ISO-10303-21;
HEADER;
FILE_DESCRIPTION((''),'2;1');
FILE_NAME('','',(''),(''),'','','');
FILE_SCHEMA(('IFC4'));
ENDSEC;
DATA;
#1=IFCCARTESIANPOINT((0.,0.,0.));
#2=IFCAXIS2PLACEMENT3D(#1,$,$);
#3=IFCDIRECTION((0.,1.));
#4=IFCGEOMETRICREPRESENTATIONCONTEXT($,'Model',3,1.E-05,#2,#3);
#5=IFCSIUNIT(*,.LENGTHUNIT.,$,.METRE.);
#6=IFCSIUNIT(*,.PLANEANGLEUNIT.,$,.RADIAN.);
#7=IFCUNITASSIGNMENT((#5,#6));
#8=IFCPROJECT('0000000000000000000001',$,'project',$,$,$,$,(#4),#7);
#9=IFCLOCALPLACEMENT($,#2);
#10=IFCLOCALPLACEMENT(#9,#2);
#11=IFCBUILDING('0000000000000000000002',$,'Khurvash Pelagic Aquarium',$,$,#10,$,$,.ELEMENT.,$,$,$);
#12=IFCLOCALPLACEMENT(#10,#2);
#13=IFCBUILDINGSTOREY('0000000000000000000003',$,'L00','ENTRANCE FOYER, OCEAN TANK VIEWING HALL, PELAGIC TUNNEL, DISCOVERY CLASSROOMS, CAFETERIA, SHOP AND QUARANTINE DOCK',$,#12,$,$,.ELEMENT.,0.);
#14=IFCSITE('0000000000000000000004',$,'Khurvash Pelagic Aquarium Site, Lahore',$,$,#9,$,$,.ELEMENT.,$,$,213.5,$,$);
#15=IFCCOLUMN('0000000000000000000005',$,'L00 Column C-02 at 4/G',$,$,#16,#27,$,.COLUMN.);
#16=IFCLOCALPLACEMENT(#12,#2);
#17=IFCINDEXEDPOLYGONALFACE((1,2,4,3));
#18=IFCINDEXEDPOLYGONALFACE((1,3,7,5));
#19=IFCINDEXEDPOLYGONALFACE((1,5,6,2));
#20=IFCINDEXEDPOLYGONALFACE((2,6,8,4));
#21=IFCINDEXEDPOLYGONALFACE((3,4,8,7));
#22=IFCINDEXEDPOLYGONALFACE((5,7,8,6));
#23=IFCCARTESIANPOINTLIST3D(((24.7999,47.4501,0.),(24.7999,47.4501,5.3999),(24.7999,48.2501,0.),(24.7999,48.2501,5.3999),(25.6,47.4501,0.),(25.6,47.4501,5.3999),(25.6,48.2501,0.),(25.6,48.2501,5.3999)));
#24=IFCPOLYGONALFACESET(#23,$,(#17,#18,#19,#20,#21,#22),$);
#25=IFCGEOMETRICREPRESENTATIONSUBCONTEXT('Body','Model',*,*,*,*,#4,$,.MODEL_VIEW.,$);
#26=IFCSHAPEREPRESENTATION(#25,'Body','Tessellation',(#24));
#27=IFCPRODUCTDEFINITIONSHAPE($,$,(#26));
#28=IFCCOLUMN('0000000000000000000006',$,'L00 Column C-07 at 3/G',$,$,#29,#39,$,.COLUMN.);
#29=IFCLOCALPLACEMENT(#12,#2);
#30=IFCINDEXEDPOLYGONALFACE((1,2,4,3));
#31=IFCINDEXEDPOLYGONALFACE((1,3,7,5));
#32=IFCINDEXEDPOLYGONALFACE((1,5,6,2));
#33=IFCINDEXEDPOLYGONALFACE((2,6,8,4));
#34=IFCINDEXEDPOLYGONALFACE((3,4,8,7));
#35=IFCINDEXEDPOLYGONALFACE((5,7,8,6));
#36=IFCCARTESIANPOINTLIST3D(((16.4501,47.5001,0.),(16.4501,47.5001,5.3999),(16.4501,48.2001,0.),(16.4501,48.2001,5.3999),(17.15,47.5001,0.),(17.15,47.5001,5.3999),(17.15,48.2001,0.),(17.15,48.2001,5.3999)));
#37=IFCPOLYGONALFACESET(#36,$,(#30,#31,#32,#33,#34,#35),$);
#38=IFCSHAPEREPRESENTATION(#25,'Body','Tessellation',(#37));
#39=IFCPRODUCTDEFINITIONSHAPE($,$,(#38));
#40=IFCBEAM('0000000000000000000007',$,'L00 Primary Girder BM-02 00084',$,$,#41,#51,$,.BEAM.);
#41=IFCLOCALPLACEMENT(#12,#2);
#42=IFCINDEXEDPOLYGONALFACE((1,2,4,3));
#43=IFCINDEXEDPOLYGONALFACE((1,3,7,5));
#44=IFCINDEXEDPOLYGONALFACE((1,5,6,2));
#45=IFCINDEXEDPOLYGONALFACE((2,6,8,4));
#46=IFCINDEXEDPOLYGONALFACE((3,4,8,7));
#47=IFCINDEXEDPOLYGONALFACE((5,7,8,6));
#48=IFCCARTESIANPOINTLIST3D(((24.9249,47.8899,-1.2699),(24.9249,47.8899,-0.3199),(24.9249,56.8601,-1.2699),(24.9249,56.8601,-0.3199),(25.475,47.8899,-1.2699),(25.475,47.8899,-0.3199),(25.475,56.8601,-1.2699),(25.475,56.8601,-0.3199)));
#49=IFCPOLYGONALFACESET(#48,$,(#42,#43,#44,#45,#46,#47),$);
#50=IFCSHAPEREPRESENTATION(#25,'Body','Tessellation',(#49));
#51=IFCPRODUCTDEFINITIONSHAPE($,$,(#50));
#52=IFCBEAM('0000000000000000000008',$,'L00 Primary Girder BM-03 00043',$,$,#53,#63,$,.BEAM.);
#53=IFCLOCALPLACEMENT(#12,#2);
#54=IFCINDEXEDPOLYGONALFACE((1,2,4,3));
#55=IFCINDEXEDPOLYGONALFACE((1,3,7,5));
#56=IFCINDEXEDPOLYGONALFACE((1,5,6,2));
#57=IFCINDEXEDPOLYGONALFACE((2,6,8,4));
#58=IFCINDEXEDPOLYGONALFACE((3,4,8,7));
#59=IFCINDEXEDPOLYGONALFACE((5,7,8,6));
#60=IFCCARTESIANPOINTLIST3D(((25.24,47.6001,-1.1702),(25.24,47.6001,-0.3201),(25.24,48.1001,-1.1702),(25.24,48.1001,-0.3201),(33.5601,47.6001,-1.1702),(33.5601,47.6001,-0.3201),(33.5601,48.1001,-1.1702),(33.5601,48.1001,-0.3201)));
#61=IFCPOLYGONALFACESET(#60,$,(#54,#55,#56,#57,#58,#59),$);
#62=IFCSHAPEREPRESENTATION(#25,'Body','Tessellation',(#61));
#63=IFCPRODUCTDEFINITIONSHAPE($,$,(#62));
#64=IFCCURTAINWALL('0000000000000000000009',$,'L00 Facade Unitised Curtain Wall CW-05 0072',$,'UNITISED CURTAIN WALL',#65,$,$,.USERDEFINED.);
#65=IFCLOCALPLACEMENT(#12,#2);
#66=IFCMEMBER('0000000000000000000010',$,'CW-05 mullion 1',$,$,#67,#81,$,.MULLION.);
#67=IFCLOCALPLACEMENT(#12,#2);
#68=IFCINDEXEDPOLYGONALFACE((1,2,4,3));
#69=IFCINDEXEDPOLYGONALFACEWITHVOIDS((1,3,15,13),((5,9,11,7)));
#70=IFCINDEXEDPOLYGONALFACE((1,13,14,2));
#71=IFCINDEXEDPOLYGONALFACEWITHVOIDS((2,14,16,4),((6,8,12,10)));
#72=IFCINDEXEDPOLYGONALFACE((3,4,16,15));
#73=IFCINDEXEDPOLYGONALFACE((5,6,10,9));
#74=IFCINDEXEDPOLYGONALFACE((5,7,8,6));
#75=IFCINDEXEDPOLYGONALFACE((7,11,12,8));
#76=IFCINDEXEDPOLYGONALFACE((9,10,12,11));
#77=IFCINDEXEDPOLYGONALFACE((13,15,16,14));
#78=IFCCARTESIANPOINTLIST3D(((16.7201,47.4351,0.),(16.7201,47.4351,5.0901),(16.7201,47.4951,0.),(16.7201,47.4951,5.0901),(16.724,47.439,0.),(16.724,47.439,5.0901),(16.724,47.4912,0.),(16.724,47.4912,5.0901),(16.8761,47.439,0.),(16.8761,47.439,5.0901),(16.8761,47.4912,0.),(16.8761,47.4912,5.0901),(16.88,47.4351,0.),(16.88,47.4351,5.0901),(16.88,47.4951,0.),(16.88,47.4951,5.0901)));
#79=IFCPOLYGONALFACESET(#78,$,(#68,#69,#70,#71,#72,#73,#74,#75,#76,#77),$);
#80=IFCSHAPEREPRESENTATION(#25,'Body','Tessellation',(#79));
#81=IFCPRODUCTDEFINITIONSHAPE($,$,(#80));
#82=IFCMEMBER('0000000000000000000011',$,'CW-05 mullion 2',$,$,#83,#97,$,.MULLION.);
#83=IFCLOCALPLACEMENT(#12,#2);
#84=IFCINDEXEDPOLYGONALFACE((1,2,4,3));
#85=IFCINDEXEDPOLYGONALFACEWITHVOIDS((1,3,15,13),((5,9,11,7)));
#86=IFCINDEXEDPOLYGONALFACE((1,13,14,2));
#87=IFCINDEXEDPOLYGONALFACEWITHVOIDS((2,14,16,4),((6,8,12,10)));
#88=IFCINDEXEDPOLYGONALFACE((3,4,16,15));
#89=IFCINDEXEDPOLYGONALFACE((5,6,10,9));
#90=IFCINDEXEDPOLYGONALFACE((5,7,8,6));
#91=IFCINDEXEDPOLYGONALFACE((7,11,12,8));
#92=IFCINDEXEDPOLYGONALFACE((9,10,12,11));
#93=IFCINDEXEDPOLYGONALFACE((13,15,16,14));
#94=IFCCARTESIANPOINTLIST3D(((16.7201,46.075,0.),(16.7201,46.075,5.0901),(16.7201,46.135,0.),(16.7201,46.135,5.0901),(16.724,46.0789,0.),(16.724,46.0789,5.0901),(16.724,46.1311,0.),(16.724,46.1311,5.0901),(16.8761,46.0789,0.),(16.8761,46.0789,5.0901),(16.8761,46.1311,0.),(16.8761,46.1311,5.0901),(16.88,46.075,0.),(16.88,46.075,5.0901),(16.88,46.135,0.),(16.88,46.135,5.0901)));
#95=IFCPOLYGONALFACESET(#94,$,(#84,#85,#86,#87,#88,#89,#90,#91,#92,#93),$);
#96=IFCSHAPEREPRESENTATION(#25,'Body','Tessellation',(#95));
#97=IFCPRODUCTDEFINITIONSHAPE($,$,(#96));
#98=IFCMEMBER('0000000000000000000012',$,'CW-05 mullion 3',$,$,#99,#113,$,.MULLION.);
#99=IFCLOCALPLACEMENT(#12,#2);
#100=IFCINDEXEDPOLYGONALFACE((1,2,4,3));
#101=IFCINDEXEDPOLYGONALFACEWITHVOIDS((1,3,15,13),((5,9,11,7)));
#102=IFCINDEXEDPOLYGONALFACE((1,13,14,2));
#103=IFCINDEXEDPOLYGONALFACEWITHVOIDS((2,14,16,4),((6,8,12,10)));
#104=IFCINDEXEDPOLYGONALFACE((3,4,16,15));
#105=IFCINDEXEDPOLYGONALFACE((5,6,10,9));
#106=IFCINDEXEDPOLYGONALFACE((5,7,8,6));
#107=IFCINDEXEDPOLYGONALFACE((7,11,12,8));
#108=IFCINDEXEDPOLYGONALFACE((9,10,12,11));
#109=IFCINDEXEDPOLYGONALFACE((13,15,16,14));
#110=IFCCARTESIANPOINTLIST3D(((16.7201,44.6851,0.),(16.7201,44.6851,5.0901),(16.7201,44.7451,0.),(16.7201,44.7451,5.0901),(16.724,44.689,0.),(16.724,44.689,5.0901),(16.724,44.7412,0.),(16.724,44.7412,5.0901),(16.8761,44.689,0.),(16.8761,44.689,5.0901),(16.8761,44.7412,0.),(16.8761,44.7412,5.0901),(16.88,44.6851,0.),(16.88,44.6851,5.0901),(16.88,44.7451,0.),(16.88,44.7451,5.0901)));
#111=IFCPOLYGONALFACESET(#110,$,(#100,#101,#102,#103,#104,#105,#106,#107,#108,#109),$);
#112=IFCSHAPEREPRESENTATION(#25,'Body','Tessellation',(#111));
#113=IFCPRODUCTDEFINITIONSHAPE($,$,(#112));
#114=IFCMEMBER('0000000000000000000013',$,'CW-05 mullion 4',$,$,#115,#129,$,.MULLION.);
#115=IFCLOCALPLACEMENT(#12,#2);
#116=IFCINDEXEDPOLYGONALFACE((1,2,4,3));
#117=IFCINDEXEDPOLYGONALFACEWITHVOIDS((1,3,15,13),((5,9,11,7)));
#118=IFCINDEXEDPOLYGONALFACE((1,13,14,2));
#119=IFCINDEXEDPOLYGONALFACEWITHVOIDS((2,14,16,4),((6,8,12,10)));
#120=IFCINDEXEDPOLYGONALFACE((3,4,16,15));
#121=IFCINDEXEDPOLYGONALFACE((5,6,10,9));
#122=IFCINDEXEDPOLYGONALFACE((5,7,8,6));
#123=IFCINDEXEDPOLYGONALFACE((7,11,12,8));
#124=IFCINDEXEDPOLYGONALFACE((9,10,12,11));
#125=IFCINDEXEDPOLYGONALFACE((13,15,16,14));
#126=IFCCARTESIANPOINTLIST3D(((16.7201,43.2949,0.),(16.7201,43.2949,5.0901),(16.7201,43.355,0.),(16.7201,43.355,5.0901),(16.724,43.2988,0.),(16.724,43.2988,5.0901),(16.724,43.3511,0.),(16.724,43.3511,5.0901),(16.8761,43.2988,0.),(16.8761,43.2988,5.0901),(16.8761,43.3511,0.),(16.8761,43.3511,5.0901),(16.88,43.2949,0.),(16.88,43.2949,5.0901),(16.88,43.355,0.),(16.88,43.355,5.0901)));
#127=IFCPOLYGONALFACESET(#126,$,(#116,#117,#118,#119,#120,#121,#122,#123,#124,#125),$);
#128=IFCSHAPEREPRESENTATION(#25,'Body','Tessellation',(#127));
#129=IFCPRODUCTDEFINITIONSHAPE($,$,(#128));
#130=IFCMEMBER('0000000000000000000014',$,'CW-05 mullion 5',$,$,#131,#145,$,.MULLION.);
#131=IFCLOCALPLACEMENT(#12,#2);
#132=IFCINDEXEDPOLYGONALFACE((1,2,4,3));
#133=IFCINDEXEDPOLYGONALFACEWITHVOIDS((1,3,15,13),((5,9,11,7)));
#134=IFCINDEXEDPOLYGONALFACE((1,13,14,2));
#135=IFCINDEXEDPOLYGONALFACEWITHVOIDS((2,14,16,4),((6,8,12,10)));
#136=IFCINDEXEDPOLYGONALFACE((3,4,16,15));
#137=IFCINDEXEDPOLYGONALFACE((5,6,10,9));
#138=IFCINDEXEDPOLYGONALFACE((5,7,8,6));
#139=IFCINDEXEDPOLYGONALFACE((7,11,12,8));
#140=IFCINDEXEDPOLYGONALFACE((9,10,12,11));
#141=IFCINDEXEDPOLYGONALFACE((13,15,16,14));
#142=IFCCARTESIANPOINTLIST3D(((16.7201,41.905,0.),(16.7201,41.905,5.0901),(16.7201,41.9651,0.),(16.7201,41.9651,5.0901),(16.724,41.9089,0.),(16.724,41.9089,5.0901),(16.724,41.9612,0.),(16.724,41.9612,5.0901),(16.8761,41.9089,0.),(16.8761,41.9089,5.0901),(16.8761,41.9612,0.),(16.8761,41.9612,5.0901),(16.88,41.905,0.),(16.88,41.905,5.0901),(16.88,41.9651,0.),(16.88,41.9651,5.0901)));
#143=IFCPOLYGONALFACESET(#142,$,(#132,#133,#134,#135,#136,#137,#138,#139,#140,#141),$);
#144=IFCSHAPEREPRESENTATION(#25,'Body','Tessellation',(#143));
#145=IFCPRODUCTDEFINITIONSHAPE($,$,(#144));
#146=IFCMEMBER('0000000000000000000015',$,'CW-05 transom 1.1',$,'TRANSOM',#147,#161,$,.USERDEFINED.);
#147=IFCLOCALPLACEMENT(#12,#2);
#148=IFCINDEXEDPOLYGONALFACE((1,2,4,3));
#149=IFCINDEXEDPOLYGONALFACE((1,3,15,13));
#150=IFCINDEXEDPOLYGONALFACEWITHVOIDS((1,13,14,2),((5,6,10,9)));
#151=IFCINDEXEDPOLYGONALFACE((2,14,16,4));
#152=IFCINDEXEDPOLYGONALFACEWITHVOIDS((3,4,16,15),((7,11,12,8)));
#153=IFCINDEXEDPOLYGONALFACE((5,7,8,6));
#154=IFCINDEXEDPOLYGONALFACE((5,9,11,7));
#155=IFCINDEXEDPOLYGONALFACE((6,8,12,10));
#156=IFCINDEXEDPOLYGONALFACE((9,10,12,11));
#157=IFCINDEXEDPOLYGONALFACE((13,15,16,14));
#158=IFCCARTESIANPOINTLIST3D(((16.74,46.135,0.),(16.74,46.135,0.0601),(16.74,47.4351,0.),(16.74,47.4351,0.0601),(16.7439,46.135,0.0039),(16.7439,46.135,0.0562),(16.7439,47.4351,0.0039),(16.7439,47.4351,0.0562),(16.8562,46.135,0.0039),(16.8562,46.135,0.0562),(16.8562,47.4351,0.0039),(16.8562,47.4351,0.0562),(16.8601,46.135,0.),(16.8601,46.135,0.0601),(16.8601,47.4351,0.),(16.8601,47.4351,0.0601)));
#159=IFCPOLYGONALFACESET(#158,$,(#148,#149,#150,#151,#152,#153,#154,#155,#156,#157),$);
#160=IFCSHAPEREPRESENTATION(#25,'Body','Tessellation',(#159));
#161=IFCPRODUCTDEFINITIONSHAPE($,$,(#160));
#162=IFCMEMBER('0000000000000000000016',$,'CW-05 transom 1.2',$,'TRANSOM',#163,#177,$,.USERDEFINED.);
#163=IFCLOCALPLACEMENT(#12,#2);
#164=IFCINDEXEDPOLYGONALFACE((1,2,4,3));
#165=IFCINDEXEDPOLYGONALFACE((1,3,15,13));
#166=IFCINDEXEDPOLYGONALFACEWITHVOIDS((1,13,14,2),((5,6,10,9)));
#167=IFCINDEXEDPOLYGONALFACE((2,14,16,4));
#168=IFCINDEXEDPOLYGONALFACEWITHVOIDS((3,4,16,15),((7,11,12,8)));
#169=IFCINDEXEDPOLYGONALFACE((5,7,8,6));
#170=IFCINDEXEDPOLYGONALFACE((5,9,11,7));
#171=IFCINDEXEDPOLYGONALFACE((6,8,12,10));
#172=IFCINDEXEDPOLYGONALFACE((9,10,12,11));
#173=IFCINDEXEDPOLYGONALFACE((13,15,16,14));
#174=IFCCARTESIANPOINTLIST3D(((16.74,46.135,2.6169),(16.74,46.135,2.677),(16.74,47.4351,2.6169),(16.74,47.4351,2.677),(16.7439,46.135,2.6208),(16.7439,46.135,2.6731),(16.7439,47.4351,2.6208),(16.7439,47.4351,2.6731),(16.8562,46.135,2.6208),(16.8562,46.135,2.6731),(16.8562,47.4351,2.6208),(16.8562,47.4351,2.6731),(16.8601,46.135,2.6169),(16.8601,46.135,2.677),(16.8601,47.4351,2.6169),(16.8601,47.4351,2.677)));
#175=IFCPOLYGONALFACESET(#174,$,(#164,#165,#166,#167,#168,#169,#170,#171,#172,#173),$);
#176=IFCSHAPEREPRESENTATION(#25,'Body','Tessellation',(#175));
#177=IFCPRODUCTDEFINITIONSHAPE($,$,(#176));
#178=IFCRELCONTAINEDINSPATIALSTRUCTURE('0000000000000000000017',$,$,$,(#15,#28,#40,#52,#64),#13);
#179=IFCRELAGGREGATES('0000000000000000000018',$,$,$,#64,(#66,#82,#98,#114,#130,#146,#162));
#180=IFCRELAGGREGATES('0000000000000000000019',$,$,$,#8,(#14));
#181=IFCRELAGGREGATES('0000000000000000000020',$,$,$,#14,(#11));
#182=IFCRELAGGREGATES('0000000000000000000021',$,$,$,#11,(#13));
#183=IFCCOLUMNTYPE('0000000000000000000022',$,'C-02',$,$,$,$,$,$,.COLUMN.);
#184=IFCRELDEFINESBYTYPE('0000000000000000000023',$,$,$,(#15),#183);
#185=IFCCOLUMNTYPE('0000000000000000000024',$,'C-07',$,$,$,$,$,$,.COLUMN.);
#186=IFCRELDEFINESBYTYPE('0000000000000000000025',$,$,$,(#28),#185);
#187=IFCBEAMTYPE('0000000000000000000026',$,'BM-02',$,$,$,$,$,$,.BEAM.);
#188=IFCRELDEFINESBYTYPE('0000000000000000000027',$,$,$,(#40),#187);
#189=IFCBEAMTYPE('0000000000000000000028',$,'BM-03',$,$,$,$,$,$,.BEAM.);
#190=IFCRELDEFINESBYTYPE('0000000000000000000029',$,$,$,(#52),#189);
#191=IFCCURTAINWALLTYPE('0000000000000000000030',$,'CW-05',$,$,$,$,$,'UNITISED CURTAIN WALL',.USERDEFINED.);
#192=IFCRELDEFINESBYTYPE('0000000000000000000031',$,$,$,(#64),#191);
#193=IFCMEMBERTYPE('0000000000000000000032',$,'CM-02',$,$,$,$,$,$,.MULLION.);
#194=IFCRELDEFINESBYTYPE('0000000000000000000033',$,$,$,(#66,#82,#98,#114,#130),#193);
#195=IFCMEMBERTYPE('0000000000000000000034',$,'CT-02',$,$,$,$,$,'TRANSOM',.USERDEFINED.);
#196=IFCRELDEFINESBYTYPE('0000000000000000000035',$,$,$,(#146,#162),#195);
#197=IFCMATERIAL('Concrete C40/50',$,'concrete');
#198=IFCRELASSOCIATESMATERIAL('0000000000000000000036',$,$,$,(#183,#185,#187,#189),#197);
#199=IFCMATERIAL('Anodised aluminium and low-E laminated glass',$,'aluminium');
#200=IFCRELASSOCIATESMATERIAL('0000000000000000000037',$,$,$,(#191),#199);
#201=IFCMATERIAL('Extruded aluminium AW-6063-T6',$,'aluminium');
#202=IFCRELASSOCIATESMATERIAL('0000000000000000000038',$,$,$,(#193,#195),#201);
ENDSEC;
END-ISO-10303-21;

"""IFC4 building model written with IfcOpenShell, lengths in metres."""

from ifc_helpers import new_model, si_unit, direction, frame, origin, origin_2d, place, context, subcontext, project, spatial, rectangle, hollow_rectangle, extrude, material, material_profile, profile_set, type_object, element, aggregate, save


model = new_model("IFC4")

# Units and contexts
model_context = context("Model", 3, precision=1e-05, world=origin(), true_north=direction((0.0, 1.0)))
body_context = subcontext(model_context, "Body", "Model", "MODEL_VIEW")
ifc_project = project(units=[si_unit("LENGTHUNIT", "METRE"), si_unit("PLANEANGLEUNIT", "RADIAN")], contexts=[model_context])

# Site, building, storey
site_placement = place(None, origin())
site = spatial("IfcSite", under=ifc_project, at=site_placement, Name="Khurvash Pelagic Aquarium Site, Lahore", CompositionType="ELEMENT", RefElevation=213.5)
building_placement = place(site_placement, origin())
building = spatial("IfcBuilding", under=site, at=building_placement, Name="Khurvash Pelagic Aquarium", CompositionType="ELEMENT")
storey_placement = place(building_placement, origin())
storey = spatial("IfcBuildingStorey", under=building, at=storey_placement, Name="L00", Description="ENTRANCE FOYER, OCEAN TANK VIEWING HALL, PELAGIC TUNNEL, DISCOVERY CLASSROOMS, CAFETERIA, SHOP AND QUARANTINE DOCK", CompositionType="ELEMENT", Elevation=0.0)

# Columns
ifc_material_1 = material(Name="Concrete C40/50", Category="concrete")
ifc_material_profile_1 = material_profile(ifc_material_1, rectangle(XDim=0.8, YDim=0.8, at=origin_2d()), Name="RC800X800")
ifc_profile_set_1 = profile_set([ifc_material_profile_1], Name="Concrete C40/50")
column_type_1 = type_object("IfcColumnType", Name="C-02", PredefinedType="COLUMN", material=ifc_profile_set_1)
column_1_placement = place(storey_placement, frame((25.2, 47.8501, 0.0), z_axis=(0.0, 0.0, 1.0), x_axis=(1.0, 0.0, 0.0)))
element("IfcColumn", 1, at=column_1_placement, inside=storey, type_object=column_type_1, Name="L00 Column C-02 at 4/G", PredefinedType="COLUMN", context=body_context, shape_type="SweptSolid", body=[
    extrude(rectangle(XDim=0.8, YDim=0.8, at=origin_2d()), origin(), (0.0, 0.0, 1.0), 5.3999),
])
ifc_material_profile_2 = material_profile(ifc_material_1, rectangle(XDim=0.7, YDim=0.7, at=origin_2d()), Name="RC700X700")
ifc_profile_set_2 = profile_set([ifc_material_profile_2], Name="Concrete C40/50")
column_type_2 = type_object("IfcColumnType", Name="C-07", PredefinedType="COLUMN", material=ifc_profile_set_2)
column_2_placement = place(storey_placement, frame((16.8, 47.8501, 0.0), z_axis=(0.0, 0.0, 1.0), x_axis=(1.0, 0.0, 0.0)))
element("IfcColumn", 2, at=column_2_placement, inside=storey, type_object=column_type_2, Name="L00 Column C-07 at 3/G", PredefinedType="COLUMN", context=body_context, shape_type="SweptSolid", body=[
    extrude(rectangle(XDim=0.7, YDim=0.7, at=origin_2d()), origin(), (0.0, 0.0, 1.0), 5.3999),
])

# Beams
ifc_material_profile_3 = material_profile(ifc_material_1, rectangle(XDim=0.55, YDim=0.95, at=origin_2d()), Name="RC550X950")
ifc_profile_set_3 = profile_set([ifc_material_profile_3], Name="Concrete C40/50")
beam_type_1 = type_object("IfcBeamType", Name="BM-02", PredefinedType="BEAM", material=ifc_profile_set_3)
beam_1_placement = place(storey_placement, frame((25.2, 47.8899, -0.7949), z_axis=(0.0, 1.0, 0.0), x_axis=(-1.0, 0.0, 0.0)))
element("IfcBeam", 3, at=beam_1_placement, inside=storey, type_object=beam_type_1, Name="L00 Primary Girder BM-02 00084", PredefinedType="BEAM", context=body_context, shape_type="SweptSolid", body=[
    extrude(rectangle(XDim=0.55, YDim=0.95, at=origin_2d()), origin(), (0.0, 0.0, 1.0), 8.9702),
])
ifc_material_profile_4 = material_profile(ifc_material_1, rectangle(XDim=0.5, YDim=0.8501, at=origin_2d()), Name="RC500X850")
ifc_profile_set_4 = profile_set([ifc_material_profile_4], Name="Concrete C40/50")
beam_type_2 = type_object("IfcBeamType", Name="BM-03", PredefinedType="BEAM", material=ifc_profile_set_4)
beam_2_placement = place(storey_placement, frame((25.24, 47.8501, -0.7451), z_axis=(1.0, 0.0, 0.0), x_axis=(0.0, 1.0, 0.0)))
element("IfcBeam", 4, at=beam_2_placement, inside=storey, type_object=beam_type_2, Name="L00 Primary Girder BM-03 00043", PredefinedType="BEAM", context=body_context, shape_type="SweptSolid", body=[
    extrude(rectangle(XDim=0.5, YDim=0.8501, at=origin_2d()), origin(), (0.0, 0.0, 1.0), 8.3201),
])

# Curtain wall, members
ifc_material_2 = material(Name="Anodised aluminium and low-E laminated glass", Category="aluminium")
curtain_wall_type = type_object("IfcCurtainWallType", Name="CW-05", ElementType="UNITISED CURTAIN WALL", PredefinedType="USERDEFINED", material=ifc_material_2)
curtain_wall_placement = place(storey_placement, origin())
curtain_wall = element("IfcCurtainWall", 5, at=curtain_wall_placement, inside=storey, type_object=curtain_wall_type, Name="L00 Facade Unitised Curtain Wall CW-05 0072", ObjectType="UNITISED CURTAIN WALL", PredefinedType="USERDEFINED")
ifc_material_3 = material(Name="Extruded aluminium AW-6063-T6", Category="aluminium")
ifc_material_profile_5 = material_profile(ifc_material_3, hollow_rectangle(XDim=0.0601, YDim=0.1599, WallThickness=0.0039, at=origin_2d()), Name="CWM60X160X4")
ifc_profile_set_5 = profile_set([ifc_material_profile_5], Name="Extruded aluminium AW-6063-T6")
member_type_1 = type_object("IfcMemberType", Name="CM-02", PredefinedType="MULLION", material=ifc_profile_set_5)
member_1_placement = place(storey_placement, frame((16.8, 47.4651, 0.0), z_axis=(0.0, 0.0, 1.0), x_axis=(0.0, -1.0, 0.0)))
member_1 = element("IfcMember", 6, at=member_1_placement, type_object=member_type_1, Name="CW-05 mullion 1", PredefinedType="MULLION", context=body_context, shape_type="SweptSolid", body=[
    extrude(hollow_rectangle(XDim=0.0601, YDim=0.1599, WallThickness=0.0039, at=origin_2d()), origin(), (0.0, 0.0, 1.0), 5.0901),
])
member_2_placement = place(storey_placement, frame((16.8, 46.105, 0.0), z_axis=(0.0, 0.0, 1.0), x_axis=(0.0, -1.0, 0.0)))
member_2 = element("IfcMember", 7, at=member_2_placement, type_object=member_type_1, Name="CW-05 mullion 2", PredefinedType="MULLION", context=body_context, shape_type="SweptSolid", body=[
    extrude(hollow_rectangle(XDim=0.0601, YDim=0.1599, WallThickness=0.0039, at=origin_2d()), origin(), (0.0, 0.0, 1.0), 5.0901),
])
member_3_placement = place(storey_placement, frame((16.8, 44.7151, 0.0), z_axis=(0.0, 0.0, 1.0), x_axis=(0.0, -1.0, 0.0)))
member_3 = element("IfcMember", 8, at=member_3_placement, type_object=member_type_1, Name="CW-05 mullion 3", PredefinedType="MULLION", context=body_context, shape_type="SweptSolid", body=[
    extrude(hollow_rectangle(XDim=0.0601, YDim=0.1599, WallThickness=0.0039, at=origin_2d()), origin(), (0.0, 0.0, 1.0), 5.0901),
])
member_4_placement = place(storey_placement, frame((16.8, 43.325, 0.0), z_axis=(0.0, 0.0, 1.0), x_axis=(0.0, -1.0, 0.0)))
member_4 = element("IfcMember", 9, at=member_4_placement, type_object=member_type_1, Name="CW-05 mullion 4", PredefinedType="MULLION", context=body_context, shape_type="SweptSolid", body=[
    extrude(hollow_rectangle(XDim=0.0601, YDim=0.1599, WallThickness=0.0039, at=origin_2d()), origin(), (0.0, 0.0, 1.0), 5.0901),
])
member_5_placement = place(storey_placement, frame((16.8, 41.9351, 0.0), z_axis=(0.0, 0.0, 1.0), x_axis=(0.0, -1.0, 0.0)))
member_5 = element("IfcMember", 10, at=member_5_placement, type_object=member_type_1, Name="CW-05 mullion 5", PredefinedType="MULLION", context=body_context, shape_type="SweptSolid", body=[
    extrude(hollow_rectangle(XDim=0.0601, YDim=0.1599, WallThickness=0.0039, at=origin_2d()), origin(), (0.0, 0.0, 1.0), 5.0901),
])
ifc_material_profile_6 = material_profile(ifc_material_3, hollow_rectangle(XDim=0.1201, YDim=0.0601, WallThickness=0.0039, at=origin_2d()), Name="CWT120X60X4")
ifc_profile_set_6 = profile_set([ifc_material_profile_6], Name="Extruded aluminium AW-6063-T6")
member_type_2 = type_object("IfcMemberType", Name="CT-02", ElementType="TRANSOM", PredefinedType="USERDEFINED", material=ifc_profile_set_6)
member_6_placement = place(storey_placement, frame((16.8, 47.4351, 0.03), z_axis=(0.0, -1.0, 0.0), x_axis=(1.0, 0.0, 0.0)))
member_6 = element("IfcMember", 11, at=member_6_placement, type_object=member_type_2, Name="CW-05 transom 1.1", ObjectType="TRANSOM", PredefinedType="USERDEFINED", context=body_context, shape_type="SweptSolid", body=[
    extrude(hollow_rectangle(XDim=0.1201, YDim=0.0601, WallThickness=0.0039, at=origin_2d()), origin(), (0.0, 0.0, 1.0), 1.3),
])
member_7_placement = place(storey_placement, frame((16.8, 47.4351, 2.647), z_axis=(0.0, -1.0, 0.0), x_axis=(1.0, 0.0, 0.0)))
member_7 = element("IfcMember", 12, at=member_7_placement, type_object=member_type_2, Name="CW-05 transom 1.2", ObjectType="TRANSOM", PredefinedType="USERDEFINED", context=body_context, shape_type="SweptSolid", body=[
    extrude(hollow_rectangle(XDim=0.1201, YDim=0.0601, WallThickness=0.0039, at=origin_2d()), origin(), (0.0, 0.0, 1.0), 1.3),
])

aggregate(curtain_wall, [member_1, member_2, member_3, member_4, member_5, member_6, member_7])

save(model, "model.ifc")
